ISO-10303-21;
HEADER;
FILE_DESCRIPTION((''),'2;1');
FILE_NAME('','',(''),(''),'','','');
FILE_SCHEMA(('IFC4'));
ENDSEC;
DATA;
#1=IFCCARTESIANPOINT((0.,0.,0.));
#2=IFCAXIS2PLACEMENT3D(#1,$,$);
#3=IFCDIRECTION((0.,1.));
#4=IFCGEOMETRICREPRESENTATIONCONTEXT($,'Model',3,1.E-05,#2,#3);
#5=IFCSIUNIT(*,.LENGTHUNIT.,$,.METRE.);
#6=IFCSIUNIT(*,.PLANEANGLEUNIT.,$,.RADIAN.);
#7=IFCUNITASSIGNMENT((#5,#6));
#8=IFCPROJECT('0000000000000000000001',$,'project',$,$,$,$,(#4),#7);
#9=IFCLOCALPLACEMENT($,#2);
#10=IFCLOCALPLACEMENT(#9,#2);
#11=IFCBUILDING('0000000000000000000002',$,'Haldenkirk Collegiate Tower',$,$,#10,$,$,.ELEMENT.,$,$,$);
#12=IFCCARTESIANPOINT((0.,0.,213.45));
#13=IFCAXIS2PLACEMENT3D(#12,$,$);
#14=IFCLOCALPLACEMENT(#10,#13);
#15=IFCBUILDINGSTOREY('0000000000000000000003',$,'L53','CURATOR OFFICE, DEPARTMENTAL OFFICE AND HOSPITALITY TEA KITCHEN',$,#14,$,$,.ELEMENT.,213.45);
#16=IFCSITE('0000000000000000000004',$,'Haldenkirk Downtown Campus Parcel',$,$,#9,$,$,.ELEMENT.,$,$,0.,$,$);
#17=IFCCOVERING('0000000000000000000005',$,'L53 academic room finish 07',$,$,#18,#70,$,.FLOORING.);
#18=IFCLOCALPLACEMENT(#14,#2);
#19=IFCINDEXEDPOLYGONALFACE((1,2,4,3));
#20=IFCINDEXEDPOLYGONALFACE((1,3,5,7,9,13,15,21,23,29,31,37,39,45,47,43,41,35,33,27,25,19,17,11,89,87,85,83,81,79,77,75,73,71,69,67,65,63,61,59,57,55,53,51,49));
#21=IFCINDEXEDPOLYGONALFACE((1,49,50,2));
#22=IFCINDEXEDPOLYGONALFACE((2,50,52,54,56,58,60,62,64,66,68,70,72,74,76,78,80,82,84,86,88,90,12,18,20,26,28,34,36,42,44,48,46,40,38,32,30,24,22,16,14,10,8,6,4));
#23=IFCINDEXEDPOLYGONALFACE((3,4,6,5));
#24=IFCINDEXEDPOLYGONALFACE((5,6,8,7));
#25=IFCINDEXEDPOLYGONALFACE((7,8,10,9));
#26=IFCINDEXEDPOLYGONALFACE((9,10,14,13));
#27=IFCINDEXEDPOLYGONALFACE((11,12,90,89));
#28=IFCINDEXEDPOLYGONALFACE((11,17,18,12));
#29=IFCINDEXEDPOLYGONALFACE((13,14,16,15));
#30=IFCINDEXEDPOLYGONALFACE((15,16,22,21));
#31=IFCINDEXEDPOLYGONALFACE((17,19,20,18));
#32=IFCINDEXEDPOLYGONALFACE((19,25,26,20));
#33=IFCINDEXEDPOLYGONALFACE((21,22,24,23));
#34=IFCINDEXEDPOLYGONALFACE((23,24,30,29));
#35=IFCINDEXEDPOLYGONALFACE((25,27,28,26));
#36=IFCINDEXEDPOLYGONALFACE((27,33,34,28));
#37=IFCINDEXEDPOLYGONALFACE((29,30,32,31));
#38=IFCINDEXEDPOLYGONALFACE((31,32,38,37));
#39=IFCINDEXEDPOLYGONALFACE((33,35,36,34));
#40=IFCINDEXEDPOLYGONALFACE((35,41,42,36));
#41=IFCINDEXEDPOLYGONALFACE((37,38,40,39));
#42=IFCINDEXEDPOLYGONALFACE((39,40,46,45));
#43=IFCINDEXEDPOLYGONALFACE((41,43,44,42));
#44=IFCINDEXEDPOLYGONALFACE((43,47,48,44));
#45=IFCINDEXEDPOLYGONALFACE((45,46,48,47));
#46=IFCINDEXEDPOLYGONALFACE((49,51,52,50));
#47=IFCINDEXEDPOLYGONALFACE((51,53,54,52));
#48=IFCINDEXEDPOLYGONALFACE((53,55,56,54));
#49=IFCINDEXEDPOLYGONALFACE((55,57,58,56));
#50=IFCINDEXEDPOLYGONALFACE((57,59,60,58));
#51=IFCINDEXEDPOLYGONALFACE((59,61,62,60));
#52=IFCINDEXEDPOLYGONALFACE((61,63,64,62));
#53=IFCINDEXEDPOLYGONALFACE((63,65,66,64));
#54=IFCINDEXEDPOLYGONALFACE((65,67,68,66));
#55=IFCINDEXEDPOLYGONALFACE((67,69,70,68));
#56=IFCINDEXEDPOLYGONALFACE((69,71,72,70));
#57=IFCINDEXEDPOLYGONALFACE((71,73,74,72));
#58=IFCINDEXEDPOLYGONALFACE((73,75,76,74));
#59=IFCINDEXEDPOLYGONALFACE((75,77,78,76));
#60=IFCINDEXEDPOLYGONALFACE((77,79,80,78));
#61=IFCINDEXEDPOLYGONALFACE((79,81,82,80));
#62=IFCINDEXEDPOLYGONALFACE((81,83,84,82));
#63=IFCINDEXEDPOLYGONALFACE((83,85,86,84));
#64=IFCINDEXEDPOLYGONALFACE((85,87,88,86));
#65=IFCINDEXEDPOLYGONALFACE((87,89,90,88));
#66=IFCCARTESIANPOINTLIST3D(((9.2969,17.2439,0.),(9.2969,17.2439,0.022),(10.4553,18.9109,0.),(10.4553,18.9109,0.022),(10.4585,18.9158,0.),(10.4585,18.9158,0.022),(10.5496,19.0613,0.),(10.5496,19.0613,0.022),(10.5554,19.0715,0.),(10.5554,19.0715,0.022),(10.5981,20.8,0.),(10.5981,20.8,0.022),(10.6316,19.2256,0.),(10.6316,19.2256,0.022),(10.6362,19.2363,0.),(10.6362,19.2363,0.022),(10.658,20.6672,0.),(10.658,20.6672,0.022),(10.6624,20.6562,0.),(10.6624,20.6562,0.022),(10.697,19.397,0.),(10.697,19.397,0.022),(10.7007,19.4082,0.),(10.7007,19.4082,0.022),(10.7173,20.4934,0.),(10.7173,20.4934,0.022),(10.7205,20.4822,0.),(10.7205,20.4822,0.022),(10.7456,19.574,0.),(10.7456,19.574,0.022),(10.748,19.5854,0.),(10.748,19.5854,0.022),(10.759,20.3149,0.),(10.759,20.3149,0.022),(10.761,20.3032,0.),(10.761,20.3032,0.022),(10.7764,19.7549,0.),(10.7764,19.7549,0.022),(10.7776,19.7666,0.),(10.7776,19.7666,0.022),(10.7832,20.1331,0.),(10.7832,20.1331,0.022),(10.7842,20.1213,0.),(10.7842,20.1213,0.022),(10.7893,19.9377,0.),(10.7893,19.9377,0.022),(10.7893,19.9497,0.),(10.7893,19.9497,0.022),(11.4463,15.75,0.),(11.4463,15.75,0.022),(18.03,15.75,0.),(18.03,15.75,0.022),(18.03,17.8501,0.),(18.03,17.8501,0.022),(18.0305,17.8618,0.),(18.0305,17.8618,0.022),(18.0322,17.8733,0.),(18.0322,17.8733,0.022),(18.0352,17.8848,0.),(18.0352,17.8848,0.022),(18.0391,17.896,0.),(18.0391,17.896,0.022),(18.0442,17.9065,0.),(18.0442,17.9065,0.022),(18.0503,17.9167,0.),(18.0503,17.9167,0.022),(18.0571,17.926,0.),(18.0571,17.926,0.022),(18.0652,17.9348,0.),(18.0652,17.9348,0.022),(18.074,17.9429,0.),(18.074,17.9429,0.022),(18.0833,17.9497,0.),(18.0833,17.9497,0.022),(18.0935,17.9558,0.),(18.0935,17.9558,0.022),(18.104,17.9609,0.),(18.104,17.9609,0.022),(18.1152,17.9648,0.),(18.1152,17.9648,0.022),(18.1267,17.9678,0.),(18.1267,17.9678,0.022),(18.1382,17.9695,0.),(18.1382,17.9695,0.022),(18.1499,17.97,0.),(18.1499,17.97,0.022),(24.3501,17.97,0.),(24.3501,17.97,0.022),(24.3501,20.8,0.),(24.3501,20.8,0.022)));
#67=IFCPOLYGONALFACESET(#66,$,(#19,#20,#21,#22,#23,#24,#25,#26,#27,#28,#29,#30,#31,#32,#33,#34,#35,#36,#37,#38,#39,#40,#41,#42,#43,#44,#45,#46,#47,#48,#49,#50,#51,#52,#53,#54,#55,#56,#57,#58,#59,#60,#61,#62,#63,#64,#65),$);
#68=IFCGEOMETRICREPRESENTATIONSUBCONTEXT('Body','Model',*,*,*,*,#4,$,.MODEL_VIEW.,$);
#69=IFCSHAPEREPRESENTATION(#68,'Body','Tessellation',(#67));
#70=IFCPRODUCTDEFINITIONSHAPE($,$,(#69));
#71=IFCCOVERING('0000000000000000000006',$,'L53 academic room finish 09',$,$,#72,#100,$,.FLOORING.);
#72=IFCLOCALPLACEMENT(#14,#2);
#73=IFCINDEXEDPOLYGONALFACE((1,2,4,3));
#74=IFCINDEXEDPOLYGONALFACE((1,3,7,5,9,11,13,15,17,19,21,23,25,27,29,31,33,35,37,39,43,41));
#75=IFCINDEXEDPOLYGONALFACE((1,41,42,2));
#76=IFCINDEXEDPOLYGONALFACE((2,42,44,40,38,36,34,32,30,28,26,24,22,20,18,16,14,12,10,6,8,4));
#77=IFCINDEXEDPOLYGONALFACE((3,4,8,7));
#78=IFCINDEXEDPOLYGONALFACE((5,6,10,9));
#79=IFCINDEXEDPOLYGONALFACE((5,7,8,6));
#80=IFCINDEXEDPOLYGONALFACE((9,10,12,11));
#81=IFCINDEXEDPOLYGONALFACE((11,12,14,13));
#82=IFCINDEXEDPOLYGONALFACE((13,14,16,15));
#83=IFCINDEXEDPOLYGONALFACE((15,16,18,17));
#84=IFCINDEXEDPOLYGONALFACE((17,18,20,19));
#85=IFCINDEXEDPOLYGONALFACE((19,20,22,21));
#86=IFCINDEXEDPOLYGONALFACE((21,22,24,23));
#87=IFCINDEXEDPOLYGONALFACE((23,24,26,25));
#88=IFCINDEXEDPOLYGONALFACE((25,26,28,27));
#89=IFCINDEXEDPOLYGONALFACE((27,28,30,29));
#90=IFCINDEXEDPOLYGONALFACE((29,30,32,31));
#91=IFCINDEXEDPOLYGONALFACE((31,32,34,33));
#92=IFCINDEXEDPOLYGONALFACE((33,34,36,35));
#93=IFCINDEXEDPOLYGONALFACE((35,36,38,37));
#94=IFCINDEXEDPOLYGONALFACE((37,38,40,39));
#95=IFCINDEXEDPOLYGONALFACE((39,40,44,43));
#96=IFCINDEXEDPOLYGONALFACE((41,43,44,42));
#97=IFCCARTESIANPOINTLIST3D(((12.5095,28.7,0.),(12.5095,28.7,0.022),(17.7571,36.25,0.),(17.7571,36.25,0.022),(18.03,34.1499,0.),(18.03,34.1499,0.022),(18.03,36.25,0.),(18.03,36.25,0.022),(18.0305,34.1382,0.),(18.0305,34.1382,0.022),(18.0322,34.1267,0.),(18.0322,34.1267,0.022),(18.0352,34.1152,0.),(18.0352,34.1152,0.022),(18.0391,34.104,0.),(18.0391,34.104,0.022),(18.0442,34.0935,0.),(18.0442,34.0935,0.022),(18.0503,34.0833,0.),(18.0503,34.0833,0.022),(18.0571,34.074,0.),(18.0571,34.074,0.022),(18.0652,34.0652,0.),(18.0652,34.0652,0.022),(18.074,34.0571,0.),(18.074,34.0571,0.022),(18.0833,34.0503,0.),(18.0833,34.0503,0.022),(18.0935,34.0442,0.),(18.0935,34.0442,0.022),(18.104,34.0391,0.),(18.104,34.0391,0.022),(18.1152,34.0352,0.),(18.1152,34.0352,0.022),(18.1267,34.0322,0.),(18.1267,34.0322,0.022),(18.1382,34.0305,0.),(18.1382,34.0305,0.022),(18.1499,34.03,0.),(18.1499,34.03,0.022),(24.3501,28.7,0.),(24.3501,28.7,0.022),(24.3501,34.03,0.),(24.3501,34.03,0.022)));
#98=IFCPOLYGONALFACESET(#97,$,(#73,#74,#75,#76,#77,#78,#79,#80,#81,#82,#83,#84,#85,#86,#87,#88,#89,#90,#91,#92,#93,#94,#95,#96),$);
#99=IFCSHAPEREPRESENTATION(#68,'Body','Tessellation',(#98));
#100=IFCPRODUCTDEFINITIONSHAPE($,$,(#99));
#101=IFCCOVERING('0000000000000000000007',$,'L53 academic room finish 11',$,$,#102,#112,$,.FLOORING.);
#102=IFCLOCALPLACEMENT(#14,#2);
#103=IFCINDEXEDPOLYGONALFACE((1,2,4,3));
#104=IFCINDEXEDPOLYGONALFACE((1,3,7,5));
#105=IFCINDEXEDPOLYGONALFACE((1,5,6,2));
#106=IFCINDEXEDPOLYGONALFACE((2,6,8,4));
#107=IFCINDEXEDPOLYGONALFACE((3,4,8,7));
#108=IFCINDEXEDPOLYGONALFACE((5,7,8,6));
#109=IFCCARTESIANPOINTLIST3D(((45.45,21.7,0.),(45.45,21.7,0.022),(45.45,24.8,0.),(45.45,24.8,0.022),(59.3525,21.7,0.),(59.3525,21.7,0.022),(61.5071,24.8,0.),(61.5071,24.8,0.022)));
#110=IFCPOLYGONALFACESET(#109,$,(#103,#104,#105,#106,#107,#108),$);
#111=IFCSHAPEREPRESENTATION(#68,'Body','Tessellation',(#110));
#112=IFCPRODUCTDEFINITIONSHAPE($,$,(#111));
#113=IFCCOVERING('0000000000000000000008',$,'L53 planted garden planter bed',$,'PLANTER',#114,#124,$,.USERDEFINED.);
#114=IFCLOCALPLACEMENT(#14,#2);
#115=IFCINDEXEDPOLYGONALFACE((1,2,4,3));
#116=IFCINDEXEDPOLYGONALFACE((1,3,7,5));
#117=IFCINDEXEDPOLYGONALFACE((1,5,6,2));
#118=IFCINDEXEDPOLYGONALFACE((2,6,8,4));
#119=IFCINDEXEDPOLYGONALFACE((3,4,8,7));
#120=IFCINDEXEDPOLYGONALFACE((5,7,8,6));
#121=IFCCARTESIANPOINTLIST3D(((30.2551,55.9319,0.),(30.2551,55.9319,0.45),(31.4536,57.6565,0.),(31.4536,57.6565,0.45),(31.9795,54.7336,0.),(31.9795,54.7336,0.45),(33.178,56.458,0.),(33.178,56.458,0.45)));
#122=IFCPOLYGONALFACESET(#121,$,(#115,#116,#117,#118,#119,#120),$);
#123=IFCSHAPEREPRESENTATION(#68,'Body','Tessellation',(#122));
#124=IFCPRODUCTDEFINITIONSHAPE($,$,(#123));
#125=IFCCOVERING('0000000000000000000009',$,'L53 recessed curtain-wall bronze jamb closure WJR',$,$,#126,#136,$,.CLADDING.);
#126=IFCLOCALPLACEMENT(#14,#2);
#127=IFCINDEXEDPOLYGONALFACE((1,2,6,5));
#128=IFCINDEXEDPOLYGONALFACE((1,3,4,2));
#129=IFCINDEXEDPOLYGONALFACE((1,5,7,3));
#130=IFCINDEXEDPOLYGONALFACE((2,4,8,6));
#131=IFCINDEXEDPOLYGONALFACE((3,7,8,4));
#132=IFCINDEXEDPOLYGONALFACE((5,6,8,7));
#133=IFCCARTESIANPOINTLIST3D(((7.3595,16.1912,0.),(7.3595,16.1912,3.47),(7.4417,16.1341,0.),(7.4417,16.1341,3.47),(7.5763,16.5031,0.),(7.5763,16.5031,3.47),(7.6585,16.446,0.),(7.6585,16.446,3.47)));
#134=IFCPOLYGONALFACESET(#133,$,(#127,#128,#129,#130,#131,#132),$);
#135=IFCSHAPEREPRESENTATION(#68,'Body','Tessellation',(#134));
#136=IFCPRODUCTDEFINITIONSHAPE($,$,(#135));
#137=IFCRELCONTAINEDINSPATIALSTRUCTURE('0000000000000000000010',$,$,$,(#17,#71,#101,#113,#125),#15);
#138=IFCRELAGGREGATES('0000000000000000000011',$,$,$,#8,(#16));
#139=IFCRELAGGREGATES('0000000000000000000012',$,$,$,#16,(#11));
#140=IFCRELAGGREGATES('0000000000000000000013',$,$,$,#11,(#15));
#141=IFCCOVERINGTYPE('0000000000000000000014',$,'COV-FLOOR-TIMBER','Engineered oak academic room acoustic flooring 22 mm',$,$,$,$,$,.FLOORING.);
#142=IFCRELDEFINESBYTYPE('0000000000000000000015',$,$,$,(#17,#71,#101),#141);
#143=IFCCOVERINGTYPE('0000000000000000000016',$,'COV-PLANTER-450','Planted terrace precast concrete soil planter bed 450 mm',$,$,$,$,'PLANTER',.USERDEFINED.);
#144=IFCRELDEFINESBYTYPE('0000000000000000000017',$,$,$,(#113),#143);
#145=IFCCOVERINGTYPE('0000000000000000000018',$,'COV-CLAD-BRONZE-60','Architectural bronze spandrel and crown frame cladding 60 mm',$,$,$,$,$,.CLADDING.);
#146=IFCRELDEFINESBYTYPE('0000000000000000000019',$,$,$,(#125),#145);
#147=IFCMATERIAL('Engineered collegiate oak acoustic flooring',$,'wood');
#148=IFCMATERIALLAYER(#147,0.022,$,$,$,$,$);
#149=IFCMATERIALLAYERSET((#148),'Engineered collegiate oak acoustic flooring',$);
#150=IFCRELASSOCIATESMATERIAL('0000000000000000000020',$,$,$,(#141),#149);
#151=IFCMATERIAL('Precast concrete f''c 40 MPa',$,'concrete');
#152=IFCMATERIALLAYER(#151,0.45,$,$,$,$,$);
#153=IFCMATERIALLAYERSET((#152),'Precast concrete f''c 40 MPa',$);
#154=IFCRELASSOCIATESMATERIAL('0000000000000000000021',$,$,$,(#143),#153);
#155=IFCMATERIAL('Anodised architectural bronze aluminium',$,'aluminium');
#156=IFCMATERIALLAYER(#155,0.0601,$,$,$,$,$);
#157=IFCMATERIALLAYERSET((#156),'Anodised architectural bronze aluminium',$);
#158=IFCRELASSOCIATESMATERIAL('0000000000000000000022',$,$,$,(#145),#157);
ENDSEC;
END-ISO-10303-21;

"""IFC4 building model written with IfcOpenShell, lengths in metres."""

from ifc_helpers import new_model, si_unit, direction, frame, origin, origin_2d, place, context, subcontext, project, spatial, polyline, rectangle, outline, extrude, source, transform, mapped, material, layer, layer_set, type_object, element, save


model = new_model("IFC4")

# Units and contexts
model_context = context("Model", 3, precision=1e-05, world=origin(), true_north=direction((0.0, 1.0)))
body_context = subcontext(model_context, "Body", "Model", "MODEL_VIEW")
ifc_project = project(units=[si_unit("LENGTHUNIT", "METRE"), si_unit("PLANEANGLEUNIT", "RADIAN")], contexts=[model_context])

# Site, building, storey
site_placement = place(None, origin())
site = spatial("IfcSite", under=ifc_project, at=site_placement, Name="Haldenkirk Downtown Campus Parcel", CompositionType="ELEMENT", RefElevation=0.0)
building_placement = place(site_placement, origin())
building = spatial("IfcBuilding", under=site, at=building_placement, Name="Haldenkirk Collegiate Tower", CompositionType="ELEMENT")
storey_placement = place(building_placement, frame((0.0, 0.0, 213.45)))
storey = spatial("IfcBuildingStorey", under=building, at=storey_placement, Name="L53", Description="CURATOR OFFICE, DEPARTMENTAL OFFICE AND HOSPITALITY TEA KITCHEN", CompositionType="ELEMENT", Elevation=213.45)

# Shared definitions
ifc_material_1 = material(Name="Anodised architectural bronze aluminium", Category="aluminium")

# Shared definitions
ifc_material_2 = material(Name="Precast concrete f'c 40 MPa", Category="concrete")

# Coverings
ifc_material_3 = material(Name="Engineered collegiate oak acoustic flooring", Category="wood")
ifc_layer_1 = layer(ifc_material_3, 0.022)
ifc_layer_set_1 = layer_set([ifc_layer_1], Name="Engineered collegiate oak acoustic flooring")
covering_type_1 = type_object("IfcCoveringType", Name="COV-FLOOR-TIMBER", Description="Engineered oak academic room acoustic flooring 22 mm", PredefinedType="FLOORING", material=ifc_layer_set_1)
covering_1_placement = place(storey_placement, origin())
element("IfcCovering", 1, at=covering_1_placement, inside=storey, type_object=covering_type_1, Name="L53 academic room finish 07", PredefinedType="FLOORING", context=body_context, shape_type="SweptSolid", body=[
    extrude(outline(polyline([(10.4553, 18.9109), (10.4585, 18.9158), (10.5496, 19.0613), (10.5554, 19.0715), (10.6316, 19.2256), (10.6362, 19.2363), (10.697, 19.397), (10.7007, 19.4082), (10.7456, 19.574), (10.748, 19.5854), (10.7764, 19.7549), (10.7776, 19.7666), (10.7893, 19.9377), (10.7893, 19.9497), (10.7842, 20.1213), (10.7832, 20.1331), (10.761, 20.3032), (10.759, 20.3149), (10.7205, 20.4822), (10.7173, 20.4934), (10.6624, 20.6562), (10.658, 20.6672), (10.5981, 20.8), (24.3501, 20.8), (24.3501, 17.97), (18.1499, 17.97), (18.1382, 17.9695), (18.1267, 17.9678), (18.1152, 17.9648), (18.104, 17.9609), (18.0935, 17.9558), (18.0833, 17.9497), (18.074, 17.9429), (18.0652, 17.9348), (18.0571, 17.926), (18.0503, 17.9167), (18.0442, 17.9065), (18.0391, 17.896), (18.0352, 17.8848), (18.0322, 17.8733), (18.0305, 17.8618), (18.03, 17.8501), (18.03, 15.75), (11.4463, 15.75), (9.2969, 17.2439), (10.4553, 18.9109)])), origin(), (0.0, 0.0, 1.0), 0.022),
])
covering_2_placement = place(storey_placement, origin())
element("IfcCovering", 2, at=covering_2_placement, inside=storey, type_object=covering_type_1, Name="L53 academic room finish 09", PredefinedType="FLOORING", context=body_context, shape_type="SweptSolid", body=[
    extrude(outline(polyline([(17.7571, 36.25), (18.03, 36.25), (18.03, 34.1499), (18.0305, 34.1382), (18.0322, 34.1267), (18.0352, 34.1152), (18.0391, 34.104), (18.0442, 34.0935), (18.0503, 34.0833), (18.0571, 34.074), (18.0652, 34.0652), (18.074, 34.0571), (18.0833, 34.0503), (18.0935, 34.0442), (18.104, 34.0391), (18.1152, 34.0352), (18.1267, 34.0322), (18.1382, 34.0305), (18.1499, 34.03), (24.3501, 34.03), (24.3501, 28.7), (12.5095, 28.7), (17.7571, 36.25)])), origin(), (0.0, 0.0, 1.0), 0.022),
])
covering_3_placement = place(storey_placement, origin())
element("IfcCovering", 3, at=covering_3_placement, inside=storey, type_object=covering_type_1, Name="L53 academic room finish 11", PredefinedType="FLOORING", context=body_context, shape_type="SweptSolid", body=[
    extrude(outline(polyline([(59.3525, 21.7), (45.45, 21.7), (45.45, 24.8), (61.5071, 24.8), (59.3525, 21.7)])), origin(), (0.0, 0.0, 1.0), 0.022),
])
ifc_layer_2 = layer(ifc_material_2, 0.45)
ifc_layer_set_2 = layer_set([ifc_layer_2], Name="Precast concrete f'c 40 MPa")
covering_type_2 = type_object("IfcCoveringType", Name="COV-PLANTER-450", Description="Planted terrace precast concrete soil planter bed 450 mm", ElementType="PLANTER", PredefinedType="USERDEFINED", material=ifc_layer_set_2)
covering_4_placement = place(storey_placement, origin())
element("IfcCovering", 4, at=covering_4_placement, inside=storey, type_object=covering_type_2, Name="L53 planted garden planter bed", ObjectType="PLANTER", PredefinedType="USERDEFINED", context=body_context, shape_type="SweptSolid", body=[
    extrude(outline(polyline([(31.9795, 54.7336), (30.2551, 55.9319), (31.4536, 57.6565), (33.178, 56.458), (31.9795, 54.7336)])), origin(), (0.0, 0.0, 1.0), 0.45),
])
ifc_layer_3 = layer(ifc_material_1, 0.0601)
ifc_layer_set_3 = layer_set([ifc_layer_3], Name="Anodised architectural bronze aluminium")
covering_type_3 = type_object("IfcCoveringType", Name="COV-CLAD-BRONZE-60", Description="Architectural bronze spandrel and crown frame cladding 60 mm", PredefinedType="CLADDING", material=ifc_layer_set_3)
shared_shape_1 = source(origin(), body_context, "Body", "SweptSolid", [
    extrude(rectangle(XDim=0.1001, YDim=0.3799, at=origin_2d()), origin(), (0.0, 0.0, 1.0), 3.47),
])
covering_5_placement = place(storey_placement, frame((7.509, 16.3186, 0.0), z_axis=(0.0, 0.0, 1.0), x_axis=(-0.821149, 0.570714, 0.0)))
element("IfcCovering", 5, at=covering_5_placement, inside=storey, type_object=covering_type_3, Name="L53 recessed curtain-wall bronze jamb closure WJR", PredefinedType="CLADDING", context=body_context, shape_type="MappedRepresentation", body=[
    mapped(shared_shape_1, transform((0.0, 0.0, 0.0), x_axis=(1.0, 0.0, 0.0), y_axis=(0.0, 1.0, 0.0), z_axis=(0.0, 0.0, 1.0), scale=1.0)),
])

save(model, "model.ifc")
